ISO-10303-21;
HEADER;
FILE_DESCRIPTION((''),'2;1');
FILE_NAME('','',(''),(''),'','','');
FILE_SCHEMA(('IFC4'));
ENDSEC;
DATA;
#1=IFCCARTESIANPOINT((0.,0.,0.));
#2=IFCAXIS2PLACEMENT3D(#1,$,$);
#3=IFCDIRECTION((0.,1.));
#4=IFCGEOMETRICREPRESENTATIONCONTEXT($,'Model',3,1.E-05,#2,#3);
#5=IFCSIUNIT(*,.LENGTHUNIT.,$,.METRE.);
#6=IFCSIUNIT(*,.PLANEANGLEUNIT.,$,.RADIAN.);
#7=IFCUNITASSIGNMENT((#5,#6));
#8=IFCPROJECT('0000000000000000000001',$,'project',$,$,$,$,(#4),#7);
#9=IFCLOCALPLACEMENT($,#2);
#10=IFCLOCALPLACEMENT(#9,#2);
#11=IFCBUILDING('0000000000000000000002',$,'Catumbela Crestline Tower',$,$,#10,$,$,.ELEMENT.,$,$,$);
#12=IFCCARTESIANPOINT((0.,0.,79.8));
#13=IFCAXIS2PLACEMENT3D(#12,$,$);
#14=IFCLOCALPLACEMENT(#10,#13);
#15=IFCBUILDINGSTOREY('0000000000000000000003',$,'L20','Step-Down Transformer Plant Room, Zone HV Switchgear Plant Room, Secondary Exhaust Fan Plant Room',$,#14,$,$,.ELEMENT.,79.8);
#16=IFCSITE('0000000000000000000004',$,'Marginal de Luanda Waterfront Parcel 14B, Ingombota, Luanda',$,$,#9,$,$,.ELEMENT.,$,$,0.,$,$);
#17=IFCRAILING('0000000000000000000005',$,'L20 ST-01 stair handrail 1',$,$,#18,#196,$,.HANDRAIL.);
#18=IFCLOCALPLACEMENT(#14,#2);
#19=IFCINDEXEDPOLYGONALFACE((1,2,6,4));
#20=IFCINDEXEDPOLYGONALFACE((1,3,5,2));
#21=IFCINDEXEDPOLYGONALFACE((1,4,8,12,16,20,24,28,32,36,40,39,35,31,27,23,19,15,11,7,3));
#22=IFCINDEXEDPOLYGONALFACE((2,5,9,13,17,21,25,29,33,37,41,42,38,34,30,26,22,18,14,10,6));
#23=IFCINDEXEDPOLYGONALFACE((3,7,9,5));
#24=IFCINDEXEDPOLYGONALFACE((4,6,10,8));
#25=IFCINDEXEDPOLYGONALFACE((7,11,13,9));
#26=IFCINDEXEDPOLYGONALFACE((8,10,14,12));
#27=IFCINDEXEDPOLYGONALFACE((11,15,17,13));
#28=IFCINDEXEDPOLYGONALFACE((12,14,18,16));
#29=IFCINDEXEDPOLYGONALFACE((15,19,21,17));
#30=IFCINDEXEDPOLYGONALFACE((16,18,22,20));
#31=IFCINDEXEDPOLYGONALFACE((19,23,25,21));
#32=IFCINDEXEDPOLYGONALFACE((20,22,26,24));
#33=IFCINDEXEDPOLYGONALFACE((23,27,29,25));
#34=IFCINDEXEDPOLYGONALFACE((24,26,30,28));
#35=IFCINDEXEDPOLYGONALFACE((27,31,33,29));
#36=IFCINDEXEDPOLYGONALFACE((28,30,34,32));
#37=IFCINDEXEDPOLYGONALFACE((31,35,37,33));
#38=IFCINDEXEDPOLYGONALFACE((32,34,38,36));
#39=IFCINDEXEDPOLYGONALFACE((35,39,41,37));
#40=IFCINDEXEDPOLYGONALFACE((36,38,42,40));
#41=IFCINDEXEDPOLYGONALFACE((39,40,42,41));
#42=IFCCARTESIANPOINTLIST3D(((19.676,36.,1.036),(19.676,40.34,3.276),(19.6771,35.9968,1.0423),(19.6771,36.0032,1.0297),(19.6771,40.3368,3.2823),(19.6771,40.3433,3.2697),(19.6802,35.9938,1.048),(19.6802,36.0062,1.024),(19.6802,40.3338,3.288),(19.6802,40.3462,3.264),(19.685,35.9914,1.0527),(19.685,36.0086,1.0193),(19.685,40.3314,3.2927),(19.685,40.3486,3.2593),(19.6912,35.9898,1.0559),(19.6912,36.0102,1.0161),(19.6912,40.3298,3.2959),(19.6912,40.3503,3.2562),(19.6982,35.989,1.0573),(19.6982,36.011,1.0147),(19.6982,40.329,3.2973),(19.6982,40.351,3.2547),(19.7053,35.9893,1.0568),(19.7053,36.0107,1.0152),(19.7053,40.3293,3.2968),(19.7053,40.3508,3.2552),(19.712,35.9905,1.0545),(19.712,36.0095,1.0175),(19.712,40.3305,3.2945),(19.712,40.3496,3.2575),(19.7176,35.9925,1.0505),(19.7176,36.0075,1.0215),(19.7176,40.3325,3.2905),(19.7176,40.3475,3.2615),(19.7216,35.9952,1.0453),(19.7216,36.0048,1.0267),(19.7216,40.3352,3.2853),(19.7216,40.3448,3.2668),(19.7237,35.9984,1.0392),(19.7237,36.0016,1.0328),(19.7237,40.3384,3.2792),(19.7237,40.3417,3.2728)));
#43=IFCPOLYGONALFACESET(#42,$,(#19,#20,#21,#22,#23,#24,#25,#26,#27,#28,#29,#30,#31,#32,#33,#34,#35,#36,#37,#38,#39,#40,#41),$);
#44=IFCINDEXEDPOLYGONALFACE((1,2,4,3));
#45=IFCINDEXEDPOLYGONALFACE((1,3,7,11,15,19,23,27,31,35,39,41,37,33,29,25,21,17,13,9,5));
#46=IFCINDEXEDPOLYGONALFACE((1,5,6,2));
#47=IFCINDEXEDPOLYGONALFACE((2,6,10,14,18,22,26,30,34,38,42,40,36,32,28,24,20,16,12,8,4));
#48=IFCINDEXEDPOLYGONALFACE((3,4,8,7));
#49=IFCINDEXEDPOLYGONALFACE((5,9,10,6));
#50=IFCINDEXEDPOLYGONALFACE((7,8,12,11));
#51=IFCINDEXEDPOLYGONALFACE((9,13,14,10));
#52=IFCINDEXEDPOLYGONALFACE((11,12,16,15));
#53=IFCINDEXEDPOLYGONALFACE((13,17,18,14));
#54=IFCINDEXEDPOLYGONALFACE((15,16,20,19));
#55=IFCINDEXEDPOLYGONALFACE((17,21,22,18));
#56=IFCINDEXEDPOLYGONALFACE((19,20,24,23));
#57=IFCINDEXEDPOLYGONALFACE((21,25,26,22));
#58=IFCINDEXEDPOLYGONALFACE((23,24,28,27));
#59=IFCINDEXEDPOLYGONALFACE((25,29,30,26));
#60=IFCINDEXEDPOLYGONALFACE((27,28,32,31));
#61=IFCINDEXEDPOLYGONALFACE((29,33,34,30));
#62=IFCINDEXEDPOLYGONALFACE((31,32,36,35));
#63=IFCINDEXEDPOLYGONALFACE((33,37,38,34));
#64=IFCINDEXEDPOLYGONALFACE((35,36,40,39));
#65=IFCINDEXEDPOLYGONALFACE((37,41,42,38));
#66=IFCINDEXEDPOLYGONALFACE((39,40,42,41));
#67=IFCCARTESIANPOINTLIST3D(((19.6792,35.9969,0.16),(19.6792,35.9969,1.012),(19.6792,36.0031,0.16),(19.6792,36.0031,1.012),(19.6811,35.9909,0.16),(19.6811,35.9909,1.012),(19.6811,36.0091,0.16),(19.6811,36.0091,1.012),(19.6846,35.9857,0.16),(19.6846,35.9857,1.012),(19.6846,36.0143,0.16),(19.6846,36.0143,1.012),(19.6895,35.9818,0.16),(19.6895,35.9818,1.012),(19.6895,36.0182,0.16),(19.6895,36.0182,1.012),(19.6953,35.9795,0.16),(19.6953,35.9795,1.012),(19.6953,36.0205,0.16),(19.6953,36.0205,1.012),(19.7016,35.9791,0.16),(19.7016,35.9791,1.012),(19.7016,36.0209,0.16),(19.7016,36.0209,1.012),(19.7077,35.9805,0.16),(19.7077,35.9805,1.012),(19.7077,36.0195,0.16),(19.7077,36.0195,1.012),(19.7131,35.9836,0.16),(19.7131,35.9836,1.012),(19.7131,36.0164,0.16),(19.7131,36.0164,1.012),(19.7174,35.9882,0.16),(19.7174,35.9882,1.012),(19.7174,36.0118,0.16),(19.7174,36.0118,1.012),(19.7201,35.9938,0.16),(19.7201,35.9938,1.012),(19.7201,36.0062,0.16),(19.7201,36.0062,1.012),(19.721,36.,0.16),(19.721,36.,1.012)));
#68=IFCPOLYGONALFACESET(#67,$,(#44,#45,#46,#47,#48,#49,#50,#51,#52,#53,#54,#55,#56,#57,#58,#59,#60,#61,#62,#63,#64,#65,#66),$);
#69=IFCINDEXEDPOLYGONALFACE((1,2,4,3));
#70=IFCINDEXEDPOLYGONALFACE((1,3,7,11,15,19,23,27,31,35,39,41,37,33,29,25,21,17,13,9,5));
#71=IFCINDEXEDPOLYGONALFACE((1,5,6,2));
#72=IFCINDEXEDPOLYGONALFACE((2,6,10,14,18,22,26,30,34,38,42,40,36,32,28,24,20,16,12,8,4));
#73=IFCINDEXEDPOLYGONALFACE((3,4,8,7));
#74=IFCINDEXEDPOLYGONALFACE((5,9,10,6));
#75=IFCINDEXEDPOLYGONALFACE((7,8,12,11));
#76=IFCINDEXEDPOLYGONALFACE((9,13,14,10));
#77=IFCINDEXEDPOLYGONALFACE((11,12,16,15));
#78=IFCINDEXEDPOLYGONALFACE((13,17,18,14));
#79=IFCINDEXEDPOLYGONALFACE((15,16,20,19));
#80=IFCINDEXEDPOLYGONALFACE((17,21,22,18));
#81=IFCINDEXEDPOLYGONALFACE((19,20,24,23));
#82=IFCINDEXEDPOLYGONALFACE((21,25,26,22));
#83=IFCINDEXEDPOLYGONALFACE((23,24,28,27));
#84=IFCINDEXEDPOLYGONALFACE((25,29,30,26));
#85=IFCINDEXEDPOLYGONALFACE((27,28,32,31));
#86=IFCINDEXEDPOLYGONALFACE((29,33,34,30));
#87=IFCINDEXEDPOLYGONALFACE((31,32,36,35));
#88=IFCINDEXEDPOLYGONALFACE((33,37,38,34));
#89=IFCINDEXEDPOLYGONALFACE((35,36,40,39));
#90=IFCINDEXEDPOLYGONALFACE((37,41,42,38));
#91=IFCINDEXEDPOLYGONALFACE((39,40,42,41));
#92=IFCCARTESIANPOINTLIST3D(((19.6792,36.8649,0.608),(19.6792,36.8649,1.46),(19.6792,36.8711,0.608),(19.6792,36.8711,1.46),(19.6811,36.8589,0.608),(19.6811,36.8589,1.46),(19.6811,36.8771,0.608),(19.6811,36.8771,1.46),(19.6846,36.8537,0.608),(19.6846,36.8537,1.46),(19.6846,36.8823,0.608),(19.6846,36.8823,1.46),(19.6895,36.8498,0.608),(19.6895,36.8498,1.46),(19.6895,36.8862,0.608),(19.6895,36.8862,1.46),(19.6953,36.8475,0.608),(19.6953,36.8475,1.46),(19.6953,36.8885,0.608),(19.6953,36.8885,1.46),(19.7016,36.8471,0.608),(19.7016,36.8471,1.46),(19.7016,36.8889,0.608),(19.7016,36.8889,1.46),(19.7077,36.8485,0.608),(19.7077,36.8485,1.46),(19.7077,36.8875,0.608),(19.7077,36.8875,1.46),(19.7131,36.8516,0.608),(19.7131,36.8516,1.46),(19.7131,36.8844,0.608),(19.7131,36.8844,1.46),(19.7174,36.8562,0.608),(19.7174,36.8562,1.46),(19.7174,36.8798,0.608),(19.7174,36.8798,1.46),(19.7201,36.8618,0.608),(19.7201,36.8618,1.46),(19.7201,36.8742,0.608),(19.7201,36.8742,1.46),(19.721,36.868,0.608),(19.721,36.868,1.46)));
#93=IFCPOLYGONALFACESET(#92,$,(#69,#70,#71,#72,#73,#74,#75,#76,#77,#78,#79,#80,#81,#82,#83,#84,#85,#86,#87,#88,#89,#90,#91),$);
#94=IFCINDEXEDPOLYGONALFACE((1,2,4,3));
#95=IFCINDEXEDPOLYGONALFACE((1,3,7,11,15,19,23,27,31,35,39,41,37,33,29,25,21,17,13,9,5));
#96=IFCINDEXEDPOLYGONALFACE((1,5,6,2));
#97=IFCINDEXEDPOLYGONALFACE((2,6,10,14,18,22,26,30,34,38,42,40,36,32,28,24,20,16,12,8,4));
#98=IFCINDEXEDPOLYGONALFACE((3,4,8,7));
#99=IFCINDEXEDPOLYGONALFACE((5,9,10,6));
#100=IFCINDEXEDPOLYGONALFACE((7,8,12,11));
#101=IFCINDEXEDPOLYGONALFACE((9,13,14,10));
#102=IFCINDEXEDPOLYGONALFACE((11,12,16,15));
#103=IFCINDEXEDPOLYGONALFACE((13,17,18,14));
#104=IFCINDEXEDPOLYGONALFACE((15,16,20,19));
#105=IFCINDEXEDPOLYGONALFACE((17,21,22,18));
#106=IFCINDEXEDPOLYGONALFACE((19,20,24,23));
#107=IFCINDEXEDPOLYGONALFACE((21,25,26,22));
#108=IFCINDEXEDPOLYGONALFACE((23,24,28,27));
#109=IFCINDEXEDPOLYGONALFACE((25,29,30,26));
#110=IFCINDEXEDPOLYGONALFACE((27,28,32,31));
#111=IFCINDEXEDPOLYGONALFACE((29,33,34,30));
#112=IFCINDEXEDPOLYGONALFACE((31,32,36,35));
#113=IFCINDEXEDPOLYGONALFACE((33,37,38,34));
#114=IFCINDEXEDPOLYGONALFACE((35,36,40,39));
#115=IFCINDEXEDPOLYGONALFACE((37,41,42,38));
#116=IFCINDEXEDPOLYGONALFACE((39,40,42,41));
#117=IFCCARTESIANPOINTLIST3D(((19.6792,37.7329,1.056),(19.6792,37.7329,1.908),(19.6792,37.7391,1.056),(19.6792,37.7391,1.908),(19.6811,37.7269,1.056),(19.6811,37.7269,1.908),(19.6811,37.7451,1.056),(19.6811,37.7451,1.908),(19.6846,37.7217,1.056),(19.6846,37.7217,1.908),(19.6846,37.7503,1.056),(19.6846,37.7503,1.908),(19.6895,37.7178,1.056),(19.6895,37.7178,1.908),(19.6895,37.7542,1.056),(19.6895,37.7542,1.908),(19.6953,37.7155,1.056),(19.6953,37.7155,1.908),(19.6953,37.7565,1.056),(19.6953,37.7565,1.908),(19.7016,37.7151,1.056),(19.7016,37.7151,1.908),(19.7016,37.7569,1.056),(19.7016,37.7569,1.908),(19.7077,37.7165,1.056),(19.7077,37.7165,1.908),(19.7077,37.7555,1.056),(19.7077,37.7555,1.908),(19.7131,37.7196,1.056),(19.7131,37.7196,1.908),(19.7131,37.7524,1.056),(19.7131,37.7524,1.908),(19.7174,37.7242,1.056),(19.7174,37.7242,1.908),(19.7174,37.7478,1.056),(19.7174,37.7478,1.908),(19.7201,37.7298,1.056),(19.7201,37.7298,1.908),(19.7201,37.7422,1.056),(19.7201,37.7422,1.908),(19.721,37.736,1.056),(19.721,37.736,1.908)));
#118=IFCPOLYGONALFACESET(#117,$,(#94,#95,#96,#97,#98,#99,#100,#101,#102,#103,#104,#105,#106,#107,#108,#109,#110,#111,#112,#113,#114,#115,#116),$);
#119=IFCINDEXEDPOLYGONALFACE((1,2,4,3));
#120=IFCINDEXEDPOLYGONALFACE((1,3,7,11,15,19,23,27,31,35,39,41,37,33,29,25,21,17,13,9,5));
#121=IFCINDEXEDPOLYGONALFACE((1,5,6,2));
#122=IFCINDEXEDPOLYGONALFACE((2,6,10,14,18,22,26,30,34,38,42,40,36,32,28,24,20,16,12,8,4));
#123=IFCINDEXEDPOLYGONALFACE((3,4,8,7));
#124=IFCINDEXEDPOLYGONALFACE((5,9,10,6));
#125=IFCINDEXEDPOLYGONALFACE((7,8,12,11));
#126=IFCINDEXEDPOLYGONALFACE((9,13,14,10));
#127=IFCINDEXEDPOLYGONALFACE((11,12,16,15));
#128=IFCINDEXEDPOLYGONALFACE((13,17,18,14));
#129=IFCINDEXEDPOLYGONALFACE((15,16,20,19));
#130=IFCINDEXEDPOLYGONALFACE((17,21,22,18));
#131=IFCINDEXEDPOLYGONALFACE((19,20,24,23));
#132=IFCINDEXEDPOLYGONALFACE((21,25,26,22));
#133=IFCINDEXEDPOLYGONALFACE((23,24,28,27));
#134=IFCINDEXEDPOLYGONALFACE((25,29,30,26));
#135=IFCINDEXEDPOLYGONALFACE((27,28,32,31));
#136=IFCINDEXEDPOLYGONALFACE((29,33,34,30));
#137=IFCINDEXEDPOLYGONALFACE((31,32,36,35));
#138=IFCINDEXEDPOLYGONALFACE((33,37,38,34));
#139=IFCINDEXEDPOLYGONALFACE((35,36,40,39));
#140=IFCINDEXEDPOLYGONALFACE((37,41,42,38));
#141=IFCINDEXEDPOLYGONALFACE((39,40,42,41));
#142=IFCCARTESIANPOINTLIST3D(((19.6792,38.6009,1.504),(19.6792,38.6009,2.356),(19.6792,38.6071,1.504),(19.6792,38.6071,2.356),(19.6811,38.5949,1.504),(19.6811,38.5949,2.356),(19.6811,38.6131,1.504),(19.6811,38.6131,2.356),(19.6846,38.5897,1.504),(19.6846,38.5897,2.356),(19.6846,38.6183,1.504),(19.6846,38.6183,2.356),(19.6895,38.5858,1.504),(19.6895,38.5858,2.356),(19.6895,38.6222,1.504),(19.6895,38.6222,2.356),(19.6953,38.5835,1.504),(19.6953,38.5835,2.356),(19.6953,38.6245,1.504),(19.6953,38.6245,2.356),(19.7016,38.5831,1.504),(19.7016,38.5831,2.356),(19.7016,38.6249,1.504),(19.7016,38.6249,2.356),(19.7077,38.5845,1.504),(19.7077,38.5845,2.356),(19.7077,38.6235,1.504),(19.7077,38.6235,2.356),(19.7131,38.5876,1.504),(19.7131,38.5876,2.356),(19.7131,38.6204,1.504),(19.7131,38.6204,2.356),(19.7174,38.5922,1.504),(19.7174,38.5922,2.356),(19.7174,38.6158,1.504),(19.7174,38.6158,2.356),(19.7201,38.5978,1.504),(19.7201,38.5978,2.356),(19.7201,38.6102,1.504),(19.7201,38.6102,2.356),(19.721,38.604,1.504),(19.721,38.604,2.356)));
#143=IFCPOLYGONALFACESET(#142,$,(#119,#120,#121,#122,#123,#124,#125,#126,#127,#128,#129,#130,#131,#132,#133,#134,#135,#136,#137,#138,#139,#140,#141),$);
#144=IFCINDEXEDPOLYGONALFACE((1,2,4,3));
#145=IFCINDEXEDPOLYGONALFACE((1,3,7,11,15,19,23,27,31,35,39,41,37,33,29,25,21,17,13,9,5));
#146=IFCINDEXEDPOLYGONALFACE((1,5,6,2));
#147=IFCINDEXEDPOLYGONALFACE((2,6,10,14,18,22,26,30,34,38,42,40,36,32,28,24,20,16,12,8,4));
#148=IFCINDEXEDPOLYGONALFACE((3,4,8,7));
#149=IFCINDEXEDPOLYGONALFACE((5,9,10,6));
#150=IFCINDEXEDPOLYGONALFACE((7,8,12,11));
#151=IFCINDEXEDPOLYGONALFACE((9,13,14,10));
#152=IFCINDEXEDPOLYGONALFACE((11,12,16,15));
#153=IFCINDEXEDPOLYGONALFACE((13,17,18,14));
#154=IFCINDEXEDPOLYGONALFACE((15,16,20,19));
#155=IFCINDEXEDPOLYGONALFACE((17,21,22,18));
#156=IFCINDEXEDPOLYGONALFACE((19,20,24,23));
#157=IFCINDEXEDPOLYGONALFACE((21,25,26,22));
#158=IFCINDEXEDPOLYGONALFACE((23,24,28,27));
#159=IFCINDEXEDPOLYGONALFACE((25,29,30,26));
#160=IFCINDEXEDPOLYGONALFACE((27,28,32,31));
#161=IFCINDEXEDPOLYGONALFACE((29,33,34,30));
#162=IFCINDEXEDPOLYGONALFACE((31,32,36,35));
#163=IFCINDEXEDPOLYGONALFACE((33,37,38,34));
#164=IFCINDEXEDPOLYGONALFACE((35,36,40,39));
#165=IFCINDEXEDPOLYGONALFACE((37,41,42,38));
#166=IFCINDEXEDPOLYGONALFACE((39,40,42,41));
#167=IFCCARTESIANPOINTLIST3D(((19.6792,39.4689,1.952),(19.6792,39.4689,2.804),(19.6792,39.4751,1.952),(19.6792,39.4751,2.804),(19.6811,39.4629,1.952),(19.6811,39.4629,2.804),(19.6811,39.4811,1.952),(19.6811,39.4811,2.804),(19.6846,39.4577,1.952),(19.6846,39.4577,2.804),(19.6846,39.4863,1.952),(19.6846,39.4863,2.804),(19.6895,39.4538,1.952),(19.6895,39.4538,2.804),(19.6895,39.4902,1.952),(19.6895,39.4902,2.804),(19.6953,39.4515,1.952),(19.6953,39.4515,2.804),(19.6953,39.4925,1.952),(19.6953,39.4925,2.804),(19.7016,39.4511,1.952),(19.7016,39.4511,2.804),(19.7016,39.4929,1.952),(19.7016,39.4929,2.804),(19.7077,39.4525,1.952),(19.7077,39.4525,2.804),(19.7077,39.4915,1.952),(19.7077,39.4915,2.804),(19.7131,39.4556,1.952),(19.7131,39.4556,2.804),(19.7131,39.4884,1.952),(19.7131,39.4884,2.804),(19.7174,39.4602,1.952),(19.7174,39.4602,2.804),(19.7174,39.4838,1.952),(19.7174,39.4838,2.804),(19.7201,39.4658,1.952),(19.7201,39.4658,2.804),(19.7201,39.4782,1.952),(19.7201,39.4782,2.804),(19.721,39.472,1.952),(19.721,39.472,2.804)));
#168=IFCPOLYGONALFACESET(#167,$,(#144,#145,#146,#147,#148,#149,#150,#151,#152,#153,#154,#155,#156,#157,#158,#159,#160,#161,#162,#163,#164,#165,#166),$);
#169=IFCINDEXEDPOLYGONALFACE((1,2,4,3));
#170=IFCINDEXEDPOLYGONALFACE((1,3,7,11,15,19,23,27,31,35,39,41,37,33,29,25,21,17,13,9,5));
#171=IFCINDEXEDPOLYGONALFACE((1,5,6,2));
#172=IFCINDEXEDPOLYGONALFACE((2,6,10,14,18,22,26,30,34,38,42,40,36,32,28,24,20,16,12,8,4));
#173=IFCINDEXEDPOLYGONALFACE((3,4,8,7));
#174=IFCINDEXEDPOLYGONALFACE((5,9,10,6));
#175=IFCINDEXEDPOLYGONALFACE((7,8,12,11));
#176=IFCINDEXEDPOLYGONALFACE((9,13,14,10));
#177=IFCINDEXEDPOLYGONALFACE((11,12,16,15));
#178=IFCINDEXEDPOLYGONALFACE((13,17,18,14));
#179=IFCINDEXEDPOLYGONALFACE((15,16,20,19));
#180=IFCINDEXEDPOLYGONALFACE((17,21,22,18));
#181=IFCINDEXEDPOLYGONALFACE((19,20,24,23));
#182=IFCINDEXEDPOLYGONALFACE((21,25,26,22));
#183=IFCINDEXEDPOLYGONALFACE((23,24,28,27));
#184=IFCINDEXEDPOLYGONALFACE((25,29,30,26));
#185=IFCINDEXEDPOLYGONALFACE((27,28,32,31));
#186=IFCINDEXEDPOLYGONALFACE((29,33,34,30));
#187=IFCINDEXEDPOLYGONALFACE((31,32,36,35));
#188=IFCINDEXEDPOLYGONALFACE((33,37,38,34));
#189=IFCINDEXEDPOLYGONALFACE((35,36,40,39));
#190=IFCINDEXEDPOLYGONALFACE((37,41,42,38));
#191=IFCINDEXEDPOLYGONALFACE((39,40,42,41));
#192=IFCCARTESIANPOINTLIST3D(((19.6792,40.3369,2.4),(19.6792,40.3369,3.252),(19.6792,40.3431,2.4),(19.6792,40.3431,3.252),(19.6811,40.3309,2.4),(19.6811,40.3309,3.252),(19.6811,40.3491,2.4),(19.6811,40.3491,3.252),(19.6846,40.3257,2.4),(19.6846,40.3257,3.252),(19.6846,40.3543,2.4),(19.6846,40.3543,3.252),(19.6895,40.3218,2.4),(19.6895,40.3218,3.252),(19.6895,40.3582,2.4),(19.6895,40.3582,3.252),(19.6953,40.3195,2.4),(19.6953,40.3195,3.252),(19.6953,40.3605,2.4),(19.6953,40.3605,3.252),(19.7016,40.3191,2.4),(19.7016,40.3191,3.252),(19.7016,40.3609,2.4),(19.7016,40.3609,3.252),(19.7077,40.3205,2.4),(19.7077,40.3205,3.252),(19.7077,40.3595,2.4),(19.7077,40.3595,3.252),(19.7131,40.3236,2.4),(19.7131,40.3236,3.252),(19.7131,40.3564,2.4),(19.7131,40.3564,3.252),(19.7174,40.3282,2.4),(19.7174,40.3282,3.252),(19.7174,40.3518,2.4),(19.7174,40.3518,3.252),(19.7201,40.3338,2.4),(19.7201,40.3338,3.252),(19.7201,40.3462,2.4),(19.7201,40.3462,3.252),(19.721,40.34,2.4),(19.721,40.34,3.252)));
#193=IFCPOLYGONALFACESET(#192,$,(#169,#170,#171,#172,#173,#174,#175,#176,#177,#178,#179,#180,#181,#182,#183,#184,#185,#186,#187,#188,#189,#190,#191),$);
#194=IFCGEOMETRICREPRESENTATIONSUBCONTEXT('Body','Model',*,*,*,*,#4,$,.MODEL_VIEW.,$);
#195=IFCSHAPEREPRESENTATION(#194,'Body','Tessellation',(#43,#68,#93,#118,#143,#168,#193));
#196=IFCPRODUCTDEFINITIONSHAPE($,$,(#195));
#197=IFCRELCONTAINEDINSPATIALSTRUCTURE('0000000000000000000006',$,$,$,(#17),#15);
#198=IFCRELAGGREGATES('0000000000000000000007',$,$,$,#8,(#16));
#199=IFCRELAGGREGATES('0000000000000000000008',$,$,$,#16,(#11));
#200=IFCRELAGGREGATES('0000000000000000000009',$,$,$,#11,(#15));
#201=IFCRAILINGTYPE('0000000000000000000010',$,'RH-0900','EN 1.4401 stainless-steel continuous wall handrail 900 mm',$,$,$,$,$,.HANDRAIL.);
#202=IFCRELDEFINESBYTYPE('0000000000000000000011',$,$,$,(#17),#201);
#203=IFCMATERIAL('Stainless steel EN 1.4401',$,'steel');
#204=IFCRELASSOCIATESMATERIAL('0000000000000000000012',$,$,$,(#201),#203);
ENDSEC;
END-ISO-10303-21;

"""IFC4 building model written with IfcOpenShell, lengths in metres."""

from ifc_helpers import new_model, si_unit, direction, frame, origin, origin_2d, place, context, subcontext, project, spatial, circle, extrude, material, type_object, element, save


model = new_model("IFC4")

# Units and contexts
model_context = context("Model", 3, precision=1e-05, world=origin(), true_north=direction((0.0, 1.0)))
body_context = subcontext(model_context, "Body", "Model", "MODEL_VIEW")
ifc_project = project(units=[si_unit("LENGTHUNIT", "METRE"), si_unit("PLANEANGLEUNIT", "RADIAN")], contexts=[model_context])

# Site, building, storey
site_placement = place(None, origin())
site = spatial("IfcSite", under=ifc_project, at=site_placement, Name="Marginal de Luanda Waterfront Parcel 14B, Ingombota, Luanda", CompositionType="ELEMENT", RefElevation=0.0)
building_placement = place(site_placement, origin())
building = spatial("IfcBuilding", under=site, at=building_placement, Name="Catumbela Crestline Tower", CompositionType="ELEMENT")
storey_placement = place(building_placement, frame((0.0, 0.0, 79.8)))
storey = spatial("IfcBuildingStorey", under=building, at=storey_placement, Name="L20", Description="Step-Down Transformer Plant Room, Zone HV Switchgear Plant Room, Secondary Exhaust Fan Plant Room", CompositionType="ELEMENT", Elevation=79.8)

# Shared definitions
ifc_material_1 = material(Name="Stainless steel EN 1.4401", Category="steel")

# Railing
railing_type_1 = type_object("IfcRailingType", Name="RH-0900", Description="EN 1.4401 stainless-steel continuous wall handrail 900 mm", PredefinedType="HANDRAIL", material=ifc_material_1)
railing_1_placement = place(storey_placement, frame((19.7, 36.0, 0.16)))
element("IfcRailing", 1, at=railing_1_placement, inside=storey, type_object=railing_type_1, Name="L20 ST-01 stair handrail 1", PredefinedType="HANDRAIL", context=body_context, shape_type="SweptSolid", body=[
    extrude(circle(Radius=0.024, at=origin_2d()), frame((0.0, 0.0, 0.876), z_axis=(0.0, 0.888621, 0.458643), x_axis=(-1.0, 0.0, 0.0)), (0.0, 0.0, 1.0), 4.884),
    extrude(circle(Radius=0.021, at=origin_2d()), origin(), (0.0, 0.0, 1.0), 0.852),
    extrude(circle(Radius=0.021, at=origin_2d()), frame((0.0, 0.868, 0.448)), (0.0, 0.0, 1.0), 0.852),
    extrude(circle(Radius=0.021, at=origin_2d()), frame((0.0, 1.736, 0.896)), (0.0, 0.0, 1.0), 0.852),
    extrude(circle(Radius=0.021, at=origin_2d()), frame((0.0, 2.604, 1.344)), (0.0, 0.0, 1.0), 0.852),
    extrude(circle(Radius=0.021, at=origin_2d()), frame((0.0, 3.472, 1.792)), (0.0, 0.0, 1.0), 0.852),
    extrude(circle(Radius=0.021, at=origin_2d()), frame((0.0, 4.34, 2.24)), (0.0, 0.0, 1.0), 0.852),
])

save(model, "model.ifc")
